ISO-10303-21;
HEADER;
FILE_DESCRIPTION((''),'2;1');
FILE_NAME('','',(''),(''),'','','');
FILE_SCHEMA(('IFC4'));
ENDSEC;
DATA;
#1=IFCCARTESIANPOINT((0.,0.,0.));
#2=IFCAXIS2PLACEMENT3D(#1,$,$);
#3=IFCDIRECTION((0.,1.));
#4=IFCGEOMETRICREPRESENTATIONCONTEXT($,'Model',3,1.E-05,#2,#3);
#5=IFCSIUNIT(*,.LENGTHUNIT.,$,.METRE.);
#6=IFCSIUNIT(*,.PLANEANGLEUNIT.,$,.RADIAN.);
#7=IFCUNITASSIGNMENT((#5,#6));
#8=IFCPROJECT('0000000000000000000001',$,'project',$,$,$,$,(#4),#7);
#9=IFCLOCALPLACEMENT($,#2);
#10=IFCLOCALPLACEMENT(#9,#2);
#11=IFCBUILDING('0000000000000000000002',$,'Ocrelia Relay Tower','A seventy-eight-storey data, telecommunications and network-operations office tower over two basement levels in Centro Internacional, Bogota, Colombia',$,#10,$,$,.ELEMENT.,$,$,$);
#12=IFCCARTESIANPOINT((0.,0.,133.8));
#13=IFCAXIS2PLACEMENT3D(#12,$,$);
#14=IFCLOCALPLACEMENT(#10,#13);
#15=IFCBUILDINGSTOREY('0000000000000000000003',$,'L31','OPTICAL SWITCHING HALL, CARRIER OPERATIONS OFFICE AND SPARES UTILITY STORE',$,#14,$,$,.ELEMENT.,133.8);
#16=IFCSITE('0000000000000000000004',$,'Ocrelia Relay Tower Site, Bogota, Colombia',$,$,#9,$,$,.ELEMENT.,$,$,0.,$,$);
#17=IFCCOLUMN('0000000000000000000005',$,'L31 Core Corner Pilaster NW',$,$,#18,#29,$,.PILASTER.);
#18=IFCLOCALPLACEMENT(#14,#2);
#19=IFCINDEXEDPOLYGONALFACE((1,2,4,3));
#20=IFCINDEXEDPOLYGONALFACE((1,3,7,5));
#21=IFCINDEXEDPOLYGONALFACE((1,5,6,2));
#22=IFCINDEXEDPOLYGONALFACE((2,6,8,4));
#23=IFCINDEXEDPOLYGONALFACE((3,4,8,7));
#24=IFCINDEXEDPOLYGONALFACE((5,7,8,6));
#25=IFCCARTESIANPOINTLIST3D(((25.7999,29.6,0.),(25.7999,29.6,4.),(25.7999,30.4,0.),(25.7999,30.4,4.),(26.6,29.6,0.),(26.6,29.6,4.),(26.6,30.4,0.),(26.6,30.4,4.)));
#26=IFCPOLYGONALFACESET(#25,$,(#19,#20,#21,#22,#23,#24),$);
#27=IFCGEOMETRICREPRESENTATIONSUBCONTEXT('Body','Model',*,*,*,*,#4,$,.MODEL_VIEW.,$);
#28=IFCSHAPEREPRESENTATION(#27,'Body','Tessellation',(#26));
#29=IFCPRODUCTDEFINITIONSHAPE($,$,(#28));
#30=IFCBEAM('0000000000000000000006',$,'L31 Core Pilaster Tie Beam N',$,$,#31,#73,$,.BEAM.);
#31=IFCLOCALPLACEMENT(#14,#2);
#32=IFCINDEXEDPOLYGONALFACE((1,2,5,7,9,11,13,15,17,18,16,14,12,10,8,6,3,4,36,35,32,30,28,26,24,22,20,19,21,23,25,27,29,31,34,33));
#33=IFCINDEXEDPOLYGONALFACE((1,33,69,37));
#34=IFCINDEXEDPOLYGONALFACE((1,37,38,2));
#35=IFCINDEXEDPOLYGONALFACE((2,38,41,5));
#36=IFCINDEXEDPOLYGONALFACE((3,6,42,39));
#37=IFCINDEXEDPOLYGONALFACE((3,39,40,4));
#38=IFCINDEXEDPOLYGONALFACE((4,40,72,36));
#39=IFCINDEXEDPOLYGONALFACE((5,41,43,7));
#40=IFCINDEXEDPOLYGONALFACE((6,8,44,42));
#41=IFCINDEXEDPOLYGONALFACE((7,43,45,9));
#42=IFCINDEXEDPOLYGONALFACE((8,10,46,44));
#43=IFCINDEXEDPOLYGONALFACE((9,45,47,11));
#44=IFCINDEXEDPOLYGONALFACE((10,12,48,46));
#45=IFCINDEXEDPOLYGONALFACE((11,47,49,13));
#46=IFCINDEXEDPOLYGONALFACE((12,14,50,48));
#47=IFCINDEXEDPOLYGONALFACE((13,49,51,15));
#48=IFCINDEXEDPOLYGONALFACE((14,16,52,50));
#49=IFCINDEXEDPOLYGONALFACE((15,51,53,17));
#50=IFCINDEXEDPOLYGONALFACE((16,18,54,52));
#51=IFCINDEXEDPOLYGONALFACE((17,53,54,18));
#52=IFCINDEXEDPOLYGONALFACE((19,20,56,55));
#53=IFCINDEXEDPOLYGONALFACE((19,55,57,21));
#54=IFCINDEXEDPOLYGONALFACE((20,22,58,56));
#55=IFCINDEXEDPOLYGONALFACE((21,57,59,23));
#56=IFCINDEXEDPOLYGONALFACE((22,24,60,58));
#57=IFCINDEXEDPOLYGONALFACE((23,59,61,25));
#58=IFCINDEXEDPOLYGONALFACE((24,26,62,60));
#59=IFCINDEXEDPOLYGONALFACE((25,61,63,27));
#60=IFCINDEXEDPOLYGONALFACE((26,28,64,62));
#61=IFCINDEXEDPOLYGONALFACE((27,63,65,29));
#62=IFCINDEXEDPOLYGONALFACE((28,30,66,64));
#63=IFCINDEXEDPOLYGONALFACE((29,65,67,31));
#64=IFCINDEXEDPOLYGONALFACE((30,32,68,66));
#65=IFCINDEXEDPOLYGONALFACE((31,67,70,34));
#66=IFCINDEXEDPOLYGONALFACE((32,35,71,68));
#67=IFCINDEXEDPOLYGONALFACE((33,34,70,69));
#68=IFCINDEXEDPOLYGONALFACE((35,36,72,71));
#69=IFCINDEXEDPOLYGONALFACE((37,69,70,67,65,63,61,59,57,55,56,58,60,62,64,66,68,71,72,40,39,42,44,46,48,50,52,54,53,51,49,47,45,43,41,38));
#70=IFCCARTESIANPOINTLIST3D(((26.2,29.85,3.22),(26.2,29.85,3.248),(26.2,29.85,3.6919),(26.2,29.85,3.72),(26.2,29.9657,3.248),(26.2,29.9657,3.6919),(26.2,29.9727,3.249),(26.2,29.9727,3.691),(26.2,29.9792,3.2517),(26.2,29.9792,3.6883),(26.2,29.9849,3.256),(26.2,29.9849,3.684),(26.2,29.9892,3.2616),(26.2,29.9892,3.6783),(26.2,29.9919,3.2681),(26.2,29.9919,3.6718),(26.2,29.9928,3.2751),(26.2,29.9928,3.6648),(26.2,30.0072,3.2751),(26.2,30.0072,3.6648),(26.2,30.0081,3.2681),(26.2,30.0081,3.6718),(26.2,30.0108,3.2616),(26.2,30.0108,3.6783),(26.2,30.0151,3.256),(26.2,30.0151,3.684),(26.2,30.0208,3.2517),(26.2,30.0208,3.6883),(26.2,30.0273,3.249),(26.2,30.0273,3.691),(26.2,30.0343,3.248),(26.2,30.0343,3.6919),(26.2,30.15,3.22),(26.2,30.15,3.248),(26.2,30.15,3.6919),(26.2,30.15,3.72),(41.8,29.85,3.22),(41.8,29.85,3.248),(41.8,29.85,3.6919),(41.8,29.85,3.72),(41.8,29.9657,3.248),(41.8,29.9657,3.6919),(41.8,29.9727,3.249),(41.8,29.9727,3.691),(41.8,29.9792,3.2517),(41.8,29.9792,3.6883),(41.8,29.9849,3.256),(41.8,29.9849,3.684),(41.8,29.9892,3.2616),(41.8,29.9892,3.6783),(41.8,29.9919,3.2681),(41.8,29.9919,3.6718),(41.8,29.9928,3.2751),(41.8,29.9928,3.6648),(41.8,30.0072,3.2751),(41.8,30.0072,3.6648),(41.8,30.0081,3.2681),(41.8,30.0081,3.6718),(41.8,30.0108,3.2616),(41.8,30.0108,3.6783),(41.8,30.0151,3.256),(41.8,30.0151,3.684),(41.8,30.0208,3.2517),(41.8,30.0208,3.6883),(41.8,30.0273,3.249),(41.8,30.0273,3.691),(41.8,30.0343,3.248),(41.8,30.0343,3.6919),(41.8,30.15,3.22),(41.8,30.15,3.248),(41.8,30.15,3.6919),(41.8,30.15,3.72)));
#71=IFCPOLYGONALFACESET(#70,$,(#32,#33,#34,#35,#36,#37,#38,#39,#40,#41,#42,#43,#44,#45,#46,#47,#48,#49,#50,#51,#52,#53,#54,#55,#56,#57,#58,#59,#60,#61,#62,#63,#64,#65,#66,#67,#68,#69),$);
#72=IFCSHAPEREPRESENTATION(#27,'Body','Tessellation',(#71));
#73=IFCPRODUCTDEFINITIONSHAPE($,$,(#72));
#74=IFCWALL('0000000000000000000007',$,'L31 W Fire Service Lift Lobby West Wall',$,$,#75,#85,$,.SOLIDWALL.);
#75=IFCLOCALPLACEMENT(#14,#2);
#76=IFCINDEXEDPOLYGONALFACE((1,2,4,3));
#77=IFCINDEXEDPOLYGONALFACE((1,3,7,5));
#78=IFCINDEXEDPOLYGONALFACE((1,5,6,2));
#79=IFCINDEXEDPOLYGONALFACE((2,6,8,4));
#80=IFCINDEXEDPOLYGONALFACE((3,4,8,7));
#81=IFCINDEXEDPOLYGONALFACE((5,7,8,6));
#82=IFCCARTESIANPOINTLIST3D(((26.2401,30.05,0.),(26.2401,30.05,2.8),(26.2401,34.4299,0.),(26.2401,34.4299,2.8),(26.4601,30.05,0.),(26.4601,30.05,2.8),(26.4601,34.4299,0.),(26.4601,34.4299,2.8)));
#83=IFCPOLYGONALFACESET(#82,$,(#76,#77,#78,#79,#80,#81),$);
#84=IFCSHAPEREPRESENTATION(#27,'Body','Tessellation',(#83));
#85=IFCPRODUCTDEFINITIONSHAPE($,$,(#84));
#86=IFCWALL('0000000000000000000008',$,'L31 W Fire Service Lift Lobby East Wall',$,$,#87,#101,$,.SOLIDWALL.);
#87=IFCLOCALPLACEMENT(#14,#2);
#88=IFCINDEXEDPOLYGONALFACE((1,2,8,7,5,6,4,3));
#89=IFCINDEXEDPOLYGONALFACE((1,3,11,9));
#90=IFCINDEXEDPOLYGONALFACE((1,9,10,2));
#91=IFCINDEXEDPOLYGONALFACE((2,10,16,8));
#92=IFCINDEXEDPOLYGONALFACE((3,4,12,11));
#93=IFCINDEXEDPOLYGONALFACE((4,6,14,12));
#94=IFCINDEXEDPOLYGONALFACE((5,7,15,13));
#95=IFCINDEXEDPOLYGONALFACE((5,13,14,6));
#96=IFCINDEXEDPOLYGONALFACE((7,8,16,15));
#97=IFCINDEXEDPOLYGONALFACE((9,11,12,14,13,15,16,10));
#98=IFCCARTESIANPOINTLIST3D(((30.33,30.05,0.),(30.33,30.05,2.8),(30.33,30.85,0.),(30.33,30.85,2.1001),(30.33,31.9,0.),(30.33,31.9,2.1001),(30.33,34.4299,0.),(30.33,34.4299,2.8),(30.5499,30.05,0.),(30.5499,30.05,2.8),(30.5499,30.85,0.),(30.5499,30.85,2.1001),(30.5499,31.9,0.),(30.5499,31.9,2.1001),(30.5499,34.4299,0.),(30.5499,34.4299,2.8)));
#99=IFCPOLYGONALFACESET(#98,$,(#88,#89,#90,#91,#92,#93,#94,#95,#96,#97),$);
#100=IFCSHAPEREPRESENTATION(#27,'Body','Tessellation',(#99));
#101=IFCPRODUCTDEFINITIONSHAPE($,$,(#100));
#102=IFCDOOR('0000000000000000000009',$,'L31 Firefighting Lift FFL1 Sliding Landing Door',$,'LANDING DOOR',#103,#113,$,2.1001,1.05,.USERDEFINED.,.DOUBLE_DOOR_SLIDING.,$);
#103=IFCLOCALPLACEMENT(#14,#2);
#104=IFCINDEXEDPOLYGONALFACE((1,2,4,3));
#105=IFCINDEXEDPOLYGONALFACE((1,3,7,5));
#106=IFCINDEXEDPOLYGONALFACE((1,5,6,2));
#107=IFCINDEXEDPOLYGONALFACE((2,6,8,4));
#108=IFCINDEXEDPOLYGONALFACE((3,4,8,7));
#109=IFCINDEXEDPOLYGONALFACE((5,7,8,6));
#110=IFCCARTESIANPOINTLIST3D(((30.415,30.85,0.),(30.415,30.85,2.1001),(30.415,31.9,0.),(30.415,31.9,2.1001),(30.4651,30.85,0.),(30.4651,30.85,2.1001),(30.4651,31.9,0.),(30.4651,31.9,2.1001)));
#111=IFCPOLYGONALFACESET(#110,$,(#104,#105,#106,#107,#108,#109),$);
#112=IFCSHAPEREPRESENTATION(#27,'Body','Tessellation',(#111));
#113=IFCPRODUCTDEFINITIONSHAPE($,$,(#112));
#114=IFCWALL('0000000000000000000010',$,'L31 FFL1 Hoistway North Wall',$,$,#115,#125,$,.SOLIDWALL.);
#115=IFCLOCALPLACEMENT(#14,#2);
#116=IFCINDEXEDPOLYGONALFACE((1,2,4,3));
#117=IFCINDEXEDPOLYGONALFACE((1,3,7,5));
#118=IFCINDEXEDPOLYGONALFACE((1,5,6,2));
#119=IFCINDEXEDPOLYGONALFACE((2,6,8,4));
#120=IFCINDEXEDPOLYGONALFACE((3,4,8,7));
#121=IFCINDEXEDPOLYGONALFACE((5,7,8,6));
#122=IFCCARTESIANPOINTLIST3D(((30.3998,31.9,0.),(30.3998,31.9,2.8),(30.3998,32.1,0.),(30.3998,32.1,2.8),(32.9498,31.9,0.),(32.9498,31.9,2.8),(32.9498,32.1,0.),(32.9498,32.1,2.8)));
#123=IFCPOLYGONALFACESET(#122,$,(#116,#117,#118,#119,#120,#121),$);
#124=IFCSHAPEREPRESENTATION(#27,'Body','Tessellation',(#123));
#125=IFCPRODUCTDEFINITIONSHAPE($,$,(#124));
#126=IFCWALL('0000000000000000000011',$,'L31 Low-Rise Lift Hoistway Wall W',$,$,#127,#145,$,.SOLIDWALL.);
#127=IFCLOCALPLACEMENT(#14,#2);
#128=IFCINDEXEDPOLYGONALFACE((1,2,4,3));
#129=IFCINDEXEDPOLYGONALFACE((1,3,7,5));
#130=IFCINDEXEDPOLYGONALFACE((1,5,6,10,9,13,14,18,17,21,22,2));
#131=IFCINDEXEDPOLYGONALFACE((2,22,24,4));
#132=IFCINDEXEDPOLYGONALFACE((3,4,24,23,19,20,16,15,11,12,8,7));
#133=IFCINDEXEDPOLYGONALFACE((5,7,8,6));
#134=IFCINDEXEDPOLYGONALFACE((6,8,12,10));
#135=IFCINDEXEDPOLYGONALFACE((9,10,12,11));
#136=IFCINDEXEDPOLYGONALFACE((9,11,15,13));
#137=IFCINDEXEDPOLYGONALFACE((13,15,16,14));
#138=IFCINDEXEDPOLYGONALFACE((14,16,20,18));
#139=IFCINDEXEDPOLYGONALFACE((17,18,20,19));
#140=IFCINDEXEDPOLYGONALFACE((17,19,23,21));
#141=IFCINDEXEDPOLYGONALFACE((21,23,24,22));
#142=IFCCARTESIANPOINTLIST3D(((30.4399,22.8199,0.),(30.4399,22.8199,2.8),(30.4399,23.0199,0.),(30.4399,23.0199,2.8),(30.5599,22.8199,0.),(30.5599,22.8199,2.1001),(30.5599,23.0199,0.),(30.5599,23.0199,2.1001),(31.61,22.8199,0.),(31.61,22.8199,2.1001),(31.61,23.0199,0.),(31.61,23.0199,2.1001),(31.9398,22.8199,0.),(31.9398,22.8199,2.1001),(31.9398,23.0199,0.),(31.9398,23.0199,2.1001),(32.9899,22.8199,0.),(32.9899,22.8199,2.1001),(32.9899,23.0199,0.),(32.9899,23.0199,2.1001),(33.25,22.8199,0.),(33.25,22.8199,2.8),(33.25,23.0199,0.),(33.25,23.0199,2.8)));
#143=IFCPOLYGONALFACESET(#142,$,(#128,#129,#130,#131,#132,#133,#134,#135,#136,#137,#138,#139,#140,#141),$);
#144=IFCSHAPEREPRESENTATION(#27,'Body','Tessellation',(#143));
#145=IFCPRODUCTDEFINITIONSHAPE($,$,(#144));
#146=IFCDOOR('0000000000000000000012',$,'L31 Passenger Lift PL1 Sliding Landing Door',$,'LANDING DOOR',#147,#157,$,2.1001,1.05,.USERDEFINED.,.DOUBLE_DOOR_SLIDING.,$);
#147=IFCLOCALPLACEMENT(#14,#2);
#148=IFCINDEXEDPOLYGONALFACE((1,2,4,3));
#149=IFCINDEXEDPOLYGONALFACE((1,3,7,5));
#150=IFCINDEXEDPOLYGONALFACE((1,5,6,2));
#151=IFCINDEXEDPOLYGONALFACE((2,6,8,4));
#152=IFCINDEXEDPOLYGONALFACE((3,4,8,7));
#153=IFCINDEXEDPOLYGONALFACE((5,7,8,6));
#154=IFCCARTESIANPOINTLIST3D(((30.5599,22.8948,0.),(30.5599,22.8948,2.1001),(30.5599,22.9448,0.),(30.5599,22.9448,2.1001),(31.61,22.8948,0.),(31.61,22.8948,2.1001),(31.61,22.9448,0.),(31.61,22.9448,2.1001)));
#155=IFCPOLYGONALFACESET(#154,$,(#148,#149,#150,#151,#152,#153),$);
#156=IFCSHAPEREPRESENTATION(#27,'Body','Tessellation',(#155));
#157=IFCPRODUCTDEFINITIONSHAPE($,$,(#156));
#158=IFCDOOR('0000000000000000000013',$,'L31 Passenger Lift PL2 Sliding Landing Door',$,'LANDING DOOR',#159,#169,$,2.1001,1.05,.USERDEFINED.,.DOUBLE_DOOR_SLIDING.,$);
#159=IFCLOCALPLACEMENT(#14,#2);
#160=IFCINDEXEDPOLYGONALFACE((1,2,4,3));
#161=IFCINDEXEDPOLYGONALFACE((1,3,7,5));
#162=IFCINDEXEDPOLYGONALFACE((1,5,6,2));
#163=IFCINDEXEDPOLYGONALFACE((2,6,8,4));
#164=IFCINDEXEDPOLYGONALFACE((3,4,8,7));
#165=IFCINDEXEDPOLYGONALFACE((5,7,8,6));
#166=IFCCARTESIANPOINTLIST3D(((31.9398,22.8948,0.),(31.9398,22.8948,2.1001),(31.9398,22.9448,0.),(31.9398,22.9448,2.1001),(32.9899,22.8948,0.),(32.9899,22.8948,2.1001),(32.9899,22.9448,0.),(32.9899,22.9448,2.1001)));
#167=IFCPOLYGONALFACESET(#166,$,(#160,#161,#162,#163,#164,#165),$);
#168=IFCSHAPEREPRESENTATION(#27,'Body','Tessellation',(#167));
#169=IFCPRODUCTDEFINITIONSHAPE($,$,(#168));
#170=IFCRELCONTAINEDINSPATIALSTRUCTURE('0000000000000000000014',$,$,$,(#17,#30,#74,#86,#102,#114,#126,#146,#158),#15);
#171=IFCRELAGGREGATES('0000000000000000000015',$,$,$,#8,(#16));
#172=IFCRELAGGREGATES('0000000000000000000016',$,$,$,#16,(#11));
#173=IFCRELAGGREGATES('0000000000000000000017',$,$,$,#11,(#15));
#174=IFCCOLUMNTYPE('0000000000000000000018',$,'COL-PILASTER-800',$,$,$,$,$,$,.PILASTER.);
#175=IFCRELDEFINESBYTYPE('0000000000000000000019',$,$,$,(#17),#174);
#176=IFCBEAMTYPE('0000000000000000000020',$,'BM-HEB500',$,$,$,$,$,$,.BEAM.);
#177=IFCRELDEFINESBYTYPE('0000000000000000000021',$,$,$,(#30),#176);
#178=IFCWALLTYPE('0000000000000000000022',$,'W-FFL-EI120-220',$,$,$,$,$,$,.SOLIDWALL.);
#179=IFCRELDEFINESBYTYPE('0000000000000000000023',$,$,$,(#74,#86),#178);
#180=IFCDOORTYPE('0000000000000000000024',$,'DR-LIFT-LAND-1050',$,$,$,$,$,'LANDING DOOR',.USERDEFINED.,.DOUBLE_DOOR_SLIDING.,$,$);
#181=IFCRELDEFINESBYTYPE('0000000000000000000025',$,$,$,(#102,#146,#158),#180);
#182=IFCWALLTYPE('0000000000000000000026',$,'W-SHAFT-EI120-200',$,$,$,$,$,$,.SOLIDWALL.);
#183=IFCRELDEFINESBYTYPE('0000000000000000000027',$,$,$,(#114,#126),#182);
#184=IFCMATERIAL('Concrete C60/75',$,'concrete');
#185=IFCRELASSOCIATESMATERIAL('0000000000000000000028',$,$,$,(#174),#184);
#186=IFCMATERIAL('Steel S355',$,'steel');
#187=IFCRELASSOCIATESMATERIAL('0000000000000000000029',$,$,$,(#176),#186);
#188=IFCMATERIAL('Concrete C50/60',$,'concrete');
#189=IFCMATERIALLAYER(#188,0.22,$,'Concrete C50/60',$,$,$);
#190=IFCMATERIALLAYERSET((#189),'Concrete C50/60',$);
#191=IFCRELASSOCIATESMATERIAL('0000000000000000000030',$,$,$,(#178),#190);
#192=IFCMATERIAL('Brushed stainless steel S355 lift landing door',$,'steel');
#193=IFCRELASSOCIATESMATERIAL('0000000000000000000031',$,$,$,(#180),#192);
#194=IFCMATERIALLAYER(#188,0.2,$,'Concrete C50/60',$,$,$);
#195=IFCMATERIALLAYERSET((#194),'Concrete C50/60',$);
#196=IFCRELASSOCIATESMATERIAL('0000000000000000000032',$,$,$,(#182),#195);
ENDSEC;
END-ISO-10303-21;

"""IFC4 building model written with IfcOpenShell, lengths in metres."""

from ifc_helpers import new_model, si_unit, direction, frame, frame_2d, origin, origin_2d, place, context, subcontext, project, spatial, rectangle, i_section, extrude, material, layer, layer_set, material_profile, profile_set, type_object, element, fill, save


model = new_model("IFC4")

# Units and contexts
model_context = context("Model", 3, precision=1e-05, world=origin(), true_north=direction((0.0, 1.0)))
body_context = subcontext(model_context, "Body", "Model", "MODEL_VIEW")
ifc_project = project(units=[si_unit("LENGTHUNIT", "METRE"), si_unit("PLANEANGLEUNIT", "RADIAN")], contexts=[model_context])

# Site, building, storey
site_placement = place(None, origin())
site = spatial("IfcSite", under=ifc_project, at=site_placement, Name="Ocrelia Relay Tower Site, Bogota, Colombia", CompositionType="ELEMENT", RefElevation=0.0)
building_placement = place(site_placement, origin())
building = spatial("IfcBuilding", under=site, at=building_placement, Name="Ocrelia Relay Tower", Description="A seventy-eight-storey data, telecommunications and network-operations office tower over two basement levels in Centro Internacional, Bogota, Colombia", CompositionType="ELEMENT")
storey_placement = place(building_placement, frame((0.0, 0.0, 133.8)))
storey = spatial("IfcBuildingStorey", under=building, at=storey_placement, Name="L31", Description="OPTICAL SWITCHING HALL, CARRIER OPERATIONS OFFICE AND SPARES UTILITY STORE", CompositionType="ELEMENT", Elevation=133.8)

# Column
ifc_material_1 = material(Name="Concrete C60/75", Category="concrete")
ifc_material_profile_1 = material_profile(ifc_material_1, rectangle(XDim=0.8, YDim=0.8, at=origin_2d()), Name="RC-COL-800x800")
ifc_profile_set_1 = profile_set([ifc_material_profile_1], Name="Concrete C60/75")
column_type = type_object("IfcColumnType", Name="COL-PILASTER-800", PredefinedType="PILASTER", material=ifc_profile_set_1)
column_placement = place(storey_placement, frame((26.2, 30.0, 0.0), z_axis=(0.0, 0.0, 1.0), x_axis=(1.0, 0.0, 0.0)))
element("IfcColumn", 1, at=column_placement, inside=storey, type_object=column_type, Name="L31 Core Corner Pilaster NW", PredefinedType="PILASTER", context=body_context, shape_type="SweptSolid", body=[
    extrude(rectangle(XDim=0.8, YDim=0.8, at=origin_2d()), origin(), (0.0, 0.0, 1.0), 4.0),
])

# Beam
ifc_material_2 = material(Name="Steel S355", Category="steel")
ifc_material_profile_2 = material_profile(ifc_material_2, i_section(OverallWidth=0.3, OverallDepth=0.5, WebThickness=0.0144, FlangeThickness=0.0281, FilletRadius=0.0271, at=origin_2d()), Name="HEB 500")
ifc_profile_set_2 = profile_set([ifc_material_profile_2], Name="Steel S355")
beam_type = type_object("IfcBeamType", Name="BM-HEB500", PredefinedType="BEAM", material=ifc_profile_set_2)
beam_placement = place(storey_placement, frame((26.2, 30.0, 3.47), z_axis=(1.0, 0.0, 0.0), x_axis=(0.0, 1.0, 0.0)))
element("IfcBeam", 2, at=beam_placement, inside=storey, type_object=beam_type, Name="L31 Core Pilaster Tie Beam N", PredefinedType="BEAM", context=body_context, shape_type="SweptSolid", body=[
    extrude(i_section(OverallWidth=0.3, OverallDepth=0.5, WebThickness=0.0144, FlangeThickness=0.0281, FilletRadius=0.0271, at=origin_2d()), origin(), (0.0, 0.0, 1.0), 15.6001),
])

# Wall
ifc_material_3 = material(Name="Concrete C50/60", Category="concrete")
ifc_layer_1 = layer(ifc_material_3, 0.22, Name="Concrete C50/60")
ifc_layer_set_1 = layer_set([ifc_layer_1], Name="Concrete C50/60")
wall_type_1 = type_object("IfcWallType", Name="W-FFL-EI120-220", PredefinedType="SOLIDWALL", material=ifc_layer_set_1)
wall_1_placement = place(storey_placement, frame((26.3501, 30.05, 0.0), z_axis=(0.0, 0.0, 1.0), x_axis=(0.0, 1.0, 0.0)))
element("IfcWall", 3, at=wall_1_placement, inside=storey, type_object=wall_type_1, Name="L31 W Fire Service Lift Lobby West Wall", PredefinedType="SOLIDWALL", context=body_context, shape_type="SweptSolid", body=[
    extrude(rectangle(XDim=4.3799, YDim=0.22, at=frame_2d((2.1899, 0.0))), origin(), (0.0, 0.0, 1.0), 2.8),
])

# Wall, opening, door
wall_2_placement = place(storey_placement, frame((30.4399, 30.05, 0.0), z_axis=(0.0, 0.0, 1.0), x_axis=(0.0, 1.0, 0.0)))
wall_2 = element("IfcWall", 4, at=wall_2_placement, inside=storey, type_object=wall_type_1, Name="L31 W Fire Service Lift Lobby East Wall", PredefinedType="SOLIDWALL", context=body_context, shape_type="SweptSolid", body=[
    extrude(rectangle(XDim=4.3799, YDim=0.22, at=frame_2d((2.1899, 0.0))), origin(), (0.0, 0.0, 1.0), 2.8),
])
opening_1_placement = place(wall_2_placement, frame((0.8, 0.0, 0.0)))
opening_1 = element("IfcOpeningElement", 5, at=opening_1_placement, cuts=wall_2, PredefinedType="OPENING", context=body_context, shape_type="SweptSolid", body=[
    extrude(rectangle(XDim=1.05, YDim=2.1001, at=frame_2d((0.5249, 1.05))), frame((0.0, 0.1201, 0.0), z_axis=(0.0, -1.0, 0.0), x_axis=(1.0, 0.0, 0.0)), (0.0, 0.0, 1.0), 0.24),
])
ifc_material_4 = material(Name="Brushed stainless steel S355 lift landing door", Category="steel")
door_type_1 = type_object("IfcDoorType", Name="DR-LIFT-LAND-1050", ElementType="LANDING DOOR", OperationType="DOUBLE_DOOR_SLIDING", PredefinedType="USERDEFINED", material=ifc_material_4)
door_1_placement = place(opening_1_placement, origin())
door_1 = element("IfcDoor", 6, at=door_1_placement, inside=storey, type_object=door_type_1, Name="L31 Firefighting Lift FFL1 Sliding Landing Door", ObjectType="LANDING DOOR", OperationType="DOUBLE_DOOR_SLIDING", OverallHeight=2.1001, OverallWidth=1.05, PredefinedType="USERDEFINED", context=body_context, shape_type="SweptSolid", body=[
    extrude(rectangle(XDim=1.05, YDim=2.1001, at=frame_2d((0.5249, 1.05))), frame((0.0, 0.0249, 0.0), z_axis=(0.0, -1.0, 0.0), x_axis=(1.0, 0.0, 0.0)), (0.0, 0.0, 1.0), 0.05),
])
fill(opening_1, door_1)

# Wall
ifc_layer_2 = layer(ifc_material_3, 0.2, Name="Concrete C50/60")
ifc_layer_set_2 = layer_set([ifc_layer_2], Name="Concrete C50/60")
wall_type_2 = type_object("IfcWallType", Name="W-SHAFT-EI120-200", PredefinedType="SOLIDWALL", material=ifc_layer_set_2)
wall_3_placement = place(storey_placement, frame((30.3999, 32.0, 0.0), z_axis=(0.0, 0.0, 1.0), x_axis=(1.0, 0.0, 0.0)))
element("IfcWall", 7, at=wall_3_placement, inside=storey, type_object=wall_type_2, Name="L31 FFL1 Hoistway North Wall", PredefinedType="SOLIDWALL", context=body_context, shape_type="SweptSolid", body=[
    extrude(rectangle(XDim=2.55, YDim=0.2, at=frame_2d((1.2749, 0.0))), origin(), (0.0, 0.0, 1.0), 2.8),
])

# Wall, openings, doors
wall_4_placement = place(storey_placement, frame((30.4399, 22.9199, 0.0), z_axis=(0.0, 0.0, 1.0), x_axis=(1.0, 0.0, 0.0)))
wall_4 = element("IfcWall", 8, at=wall_4_placement, inside=storey, type_object=wall_type_2, Name="L31 Low-Rise Lift Hoistway Wall W", PredefinedType="SOLIDWALL", context=body_context, shape_type="SweptSolid", body=[
    extrude(rectangle(XDim=2.8101, YDim=0.2, at=frame_2d((1.405, 0.0))), origin(), (0.0, 0.0, 1.0), 2.8),
])
opening_2_placement = place(wall_4_placement, frame((0.1201, 0.0, 0.0)))
opening_2 = element("IfcOpeningElement", 9, at=opening_2_placement, cuts=wall_4, PredefinedType="OPENING", context=body_context, shape_type="SweptSolid", body=[
    extrude(rectangle(XDim=1.05, YDim=2.1001, at=frame_2d((0.5249, 1.05))), frame((0.0, 0.1099, 0.0), z_axis=(0.0, -1.0, 0.0), x_axis=(1.0, 0.0, 0.0)), (0.0, 0.0, 1.0), 0.22),
])
opening_3_placement = place(wall_4_placement, frame((1.5, 0.0, 0.0)))
opening_3 = element("IfcOpeningElement", 10, at=opening_3_placement, cuts=wall_4, PredefinedType="OPENING", context=body_context, shape_type="SweptSolid", body=[
    extrude(rectangle(XDim=1.05, YDim=2.1001, at=frame_2d((0.5249, 1.05))), frame((0.0, 0.1099, 0.0), z_axis=(0.0, -1.0, 0.0), x_axis=(1.0, 0.0, 0.0)), (0.0, 0.0, 1.0), 0.22),
])
door_2_placement = place(opening_2_placement, origin())
door_2 = element("IfcDoor", 11, at=door_2_placement, inside=storey, type_object=door_type_1, Name="L31 Passenger Lift PL1 Sliding Landing Door", ObjectType="LANDING DOOR", OperationType="DOUBLE_DOOR_SLIDING", OverallHeight=2.1001, OverallWidth=1.05, PredefinedType="USERDEFINED", context=body_context, shape_type="SweptSolid", body=[
    extrude(rectangle(XDim=1.05, YDim=2.1001, at=frame_2d((0.5249, 1.05))), frame((0.0, 0.0249, 0.0), z_axis=(0.0, -1.0, 0.0), x_axis=(1.0, 0.0, 0.0)), (0.0, 0.0, 1.0), 0.05),
])
fill(opening_2, door_2)
door_3_placement = place(opening_3_placement, origin())
door_3 = element("IfcDoor", 12, at=door_3_placement, inside=storey, type_object=door_type_1, Name="L31 Passenger Lift PL2 Sliding Landing Door", ObjectType="LANDING DOOR", OperationType="DOUBLE_DOOR_SLIDING", OverallHeight=2.1001, OverallWidth=1.05, PredefinedType="USERDEFINED", context=body_context, shape_type="SweptSolid", body=[
    extrude(rectangle(XDim=1.05, YDim=2.1001, at=frame_2d((0.5249, 1.05))), frame((0.0, 0.0249, 0.0), z_axis=(0.0, -1.0, 0.0), x_axis=(1.0, 0.0, 0.0)), (0.0, 0.0, 1.0), 0.05),
])
fill(opening_3, door_3)

save(model, "model.ifc")
